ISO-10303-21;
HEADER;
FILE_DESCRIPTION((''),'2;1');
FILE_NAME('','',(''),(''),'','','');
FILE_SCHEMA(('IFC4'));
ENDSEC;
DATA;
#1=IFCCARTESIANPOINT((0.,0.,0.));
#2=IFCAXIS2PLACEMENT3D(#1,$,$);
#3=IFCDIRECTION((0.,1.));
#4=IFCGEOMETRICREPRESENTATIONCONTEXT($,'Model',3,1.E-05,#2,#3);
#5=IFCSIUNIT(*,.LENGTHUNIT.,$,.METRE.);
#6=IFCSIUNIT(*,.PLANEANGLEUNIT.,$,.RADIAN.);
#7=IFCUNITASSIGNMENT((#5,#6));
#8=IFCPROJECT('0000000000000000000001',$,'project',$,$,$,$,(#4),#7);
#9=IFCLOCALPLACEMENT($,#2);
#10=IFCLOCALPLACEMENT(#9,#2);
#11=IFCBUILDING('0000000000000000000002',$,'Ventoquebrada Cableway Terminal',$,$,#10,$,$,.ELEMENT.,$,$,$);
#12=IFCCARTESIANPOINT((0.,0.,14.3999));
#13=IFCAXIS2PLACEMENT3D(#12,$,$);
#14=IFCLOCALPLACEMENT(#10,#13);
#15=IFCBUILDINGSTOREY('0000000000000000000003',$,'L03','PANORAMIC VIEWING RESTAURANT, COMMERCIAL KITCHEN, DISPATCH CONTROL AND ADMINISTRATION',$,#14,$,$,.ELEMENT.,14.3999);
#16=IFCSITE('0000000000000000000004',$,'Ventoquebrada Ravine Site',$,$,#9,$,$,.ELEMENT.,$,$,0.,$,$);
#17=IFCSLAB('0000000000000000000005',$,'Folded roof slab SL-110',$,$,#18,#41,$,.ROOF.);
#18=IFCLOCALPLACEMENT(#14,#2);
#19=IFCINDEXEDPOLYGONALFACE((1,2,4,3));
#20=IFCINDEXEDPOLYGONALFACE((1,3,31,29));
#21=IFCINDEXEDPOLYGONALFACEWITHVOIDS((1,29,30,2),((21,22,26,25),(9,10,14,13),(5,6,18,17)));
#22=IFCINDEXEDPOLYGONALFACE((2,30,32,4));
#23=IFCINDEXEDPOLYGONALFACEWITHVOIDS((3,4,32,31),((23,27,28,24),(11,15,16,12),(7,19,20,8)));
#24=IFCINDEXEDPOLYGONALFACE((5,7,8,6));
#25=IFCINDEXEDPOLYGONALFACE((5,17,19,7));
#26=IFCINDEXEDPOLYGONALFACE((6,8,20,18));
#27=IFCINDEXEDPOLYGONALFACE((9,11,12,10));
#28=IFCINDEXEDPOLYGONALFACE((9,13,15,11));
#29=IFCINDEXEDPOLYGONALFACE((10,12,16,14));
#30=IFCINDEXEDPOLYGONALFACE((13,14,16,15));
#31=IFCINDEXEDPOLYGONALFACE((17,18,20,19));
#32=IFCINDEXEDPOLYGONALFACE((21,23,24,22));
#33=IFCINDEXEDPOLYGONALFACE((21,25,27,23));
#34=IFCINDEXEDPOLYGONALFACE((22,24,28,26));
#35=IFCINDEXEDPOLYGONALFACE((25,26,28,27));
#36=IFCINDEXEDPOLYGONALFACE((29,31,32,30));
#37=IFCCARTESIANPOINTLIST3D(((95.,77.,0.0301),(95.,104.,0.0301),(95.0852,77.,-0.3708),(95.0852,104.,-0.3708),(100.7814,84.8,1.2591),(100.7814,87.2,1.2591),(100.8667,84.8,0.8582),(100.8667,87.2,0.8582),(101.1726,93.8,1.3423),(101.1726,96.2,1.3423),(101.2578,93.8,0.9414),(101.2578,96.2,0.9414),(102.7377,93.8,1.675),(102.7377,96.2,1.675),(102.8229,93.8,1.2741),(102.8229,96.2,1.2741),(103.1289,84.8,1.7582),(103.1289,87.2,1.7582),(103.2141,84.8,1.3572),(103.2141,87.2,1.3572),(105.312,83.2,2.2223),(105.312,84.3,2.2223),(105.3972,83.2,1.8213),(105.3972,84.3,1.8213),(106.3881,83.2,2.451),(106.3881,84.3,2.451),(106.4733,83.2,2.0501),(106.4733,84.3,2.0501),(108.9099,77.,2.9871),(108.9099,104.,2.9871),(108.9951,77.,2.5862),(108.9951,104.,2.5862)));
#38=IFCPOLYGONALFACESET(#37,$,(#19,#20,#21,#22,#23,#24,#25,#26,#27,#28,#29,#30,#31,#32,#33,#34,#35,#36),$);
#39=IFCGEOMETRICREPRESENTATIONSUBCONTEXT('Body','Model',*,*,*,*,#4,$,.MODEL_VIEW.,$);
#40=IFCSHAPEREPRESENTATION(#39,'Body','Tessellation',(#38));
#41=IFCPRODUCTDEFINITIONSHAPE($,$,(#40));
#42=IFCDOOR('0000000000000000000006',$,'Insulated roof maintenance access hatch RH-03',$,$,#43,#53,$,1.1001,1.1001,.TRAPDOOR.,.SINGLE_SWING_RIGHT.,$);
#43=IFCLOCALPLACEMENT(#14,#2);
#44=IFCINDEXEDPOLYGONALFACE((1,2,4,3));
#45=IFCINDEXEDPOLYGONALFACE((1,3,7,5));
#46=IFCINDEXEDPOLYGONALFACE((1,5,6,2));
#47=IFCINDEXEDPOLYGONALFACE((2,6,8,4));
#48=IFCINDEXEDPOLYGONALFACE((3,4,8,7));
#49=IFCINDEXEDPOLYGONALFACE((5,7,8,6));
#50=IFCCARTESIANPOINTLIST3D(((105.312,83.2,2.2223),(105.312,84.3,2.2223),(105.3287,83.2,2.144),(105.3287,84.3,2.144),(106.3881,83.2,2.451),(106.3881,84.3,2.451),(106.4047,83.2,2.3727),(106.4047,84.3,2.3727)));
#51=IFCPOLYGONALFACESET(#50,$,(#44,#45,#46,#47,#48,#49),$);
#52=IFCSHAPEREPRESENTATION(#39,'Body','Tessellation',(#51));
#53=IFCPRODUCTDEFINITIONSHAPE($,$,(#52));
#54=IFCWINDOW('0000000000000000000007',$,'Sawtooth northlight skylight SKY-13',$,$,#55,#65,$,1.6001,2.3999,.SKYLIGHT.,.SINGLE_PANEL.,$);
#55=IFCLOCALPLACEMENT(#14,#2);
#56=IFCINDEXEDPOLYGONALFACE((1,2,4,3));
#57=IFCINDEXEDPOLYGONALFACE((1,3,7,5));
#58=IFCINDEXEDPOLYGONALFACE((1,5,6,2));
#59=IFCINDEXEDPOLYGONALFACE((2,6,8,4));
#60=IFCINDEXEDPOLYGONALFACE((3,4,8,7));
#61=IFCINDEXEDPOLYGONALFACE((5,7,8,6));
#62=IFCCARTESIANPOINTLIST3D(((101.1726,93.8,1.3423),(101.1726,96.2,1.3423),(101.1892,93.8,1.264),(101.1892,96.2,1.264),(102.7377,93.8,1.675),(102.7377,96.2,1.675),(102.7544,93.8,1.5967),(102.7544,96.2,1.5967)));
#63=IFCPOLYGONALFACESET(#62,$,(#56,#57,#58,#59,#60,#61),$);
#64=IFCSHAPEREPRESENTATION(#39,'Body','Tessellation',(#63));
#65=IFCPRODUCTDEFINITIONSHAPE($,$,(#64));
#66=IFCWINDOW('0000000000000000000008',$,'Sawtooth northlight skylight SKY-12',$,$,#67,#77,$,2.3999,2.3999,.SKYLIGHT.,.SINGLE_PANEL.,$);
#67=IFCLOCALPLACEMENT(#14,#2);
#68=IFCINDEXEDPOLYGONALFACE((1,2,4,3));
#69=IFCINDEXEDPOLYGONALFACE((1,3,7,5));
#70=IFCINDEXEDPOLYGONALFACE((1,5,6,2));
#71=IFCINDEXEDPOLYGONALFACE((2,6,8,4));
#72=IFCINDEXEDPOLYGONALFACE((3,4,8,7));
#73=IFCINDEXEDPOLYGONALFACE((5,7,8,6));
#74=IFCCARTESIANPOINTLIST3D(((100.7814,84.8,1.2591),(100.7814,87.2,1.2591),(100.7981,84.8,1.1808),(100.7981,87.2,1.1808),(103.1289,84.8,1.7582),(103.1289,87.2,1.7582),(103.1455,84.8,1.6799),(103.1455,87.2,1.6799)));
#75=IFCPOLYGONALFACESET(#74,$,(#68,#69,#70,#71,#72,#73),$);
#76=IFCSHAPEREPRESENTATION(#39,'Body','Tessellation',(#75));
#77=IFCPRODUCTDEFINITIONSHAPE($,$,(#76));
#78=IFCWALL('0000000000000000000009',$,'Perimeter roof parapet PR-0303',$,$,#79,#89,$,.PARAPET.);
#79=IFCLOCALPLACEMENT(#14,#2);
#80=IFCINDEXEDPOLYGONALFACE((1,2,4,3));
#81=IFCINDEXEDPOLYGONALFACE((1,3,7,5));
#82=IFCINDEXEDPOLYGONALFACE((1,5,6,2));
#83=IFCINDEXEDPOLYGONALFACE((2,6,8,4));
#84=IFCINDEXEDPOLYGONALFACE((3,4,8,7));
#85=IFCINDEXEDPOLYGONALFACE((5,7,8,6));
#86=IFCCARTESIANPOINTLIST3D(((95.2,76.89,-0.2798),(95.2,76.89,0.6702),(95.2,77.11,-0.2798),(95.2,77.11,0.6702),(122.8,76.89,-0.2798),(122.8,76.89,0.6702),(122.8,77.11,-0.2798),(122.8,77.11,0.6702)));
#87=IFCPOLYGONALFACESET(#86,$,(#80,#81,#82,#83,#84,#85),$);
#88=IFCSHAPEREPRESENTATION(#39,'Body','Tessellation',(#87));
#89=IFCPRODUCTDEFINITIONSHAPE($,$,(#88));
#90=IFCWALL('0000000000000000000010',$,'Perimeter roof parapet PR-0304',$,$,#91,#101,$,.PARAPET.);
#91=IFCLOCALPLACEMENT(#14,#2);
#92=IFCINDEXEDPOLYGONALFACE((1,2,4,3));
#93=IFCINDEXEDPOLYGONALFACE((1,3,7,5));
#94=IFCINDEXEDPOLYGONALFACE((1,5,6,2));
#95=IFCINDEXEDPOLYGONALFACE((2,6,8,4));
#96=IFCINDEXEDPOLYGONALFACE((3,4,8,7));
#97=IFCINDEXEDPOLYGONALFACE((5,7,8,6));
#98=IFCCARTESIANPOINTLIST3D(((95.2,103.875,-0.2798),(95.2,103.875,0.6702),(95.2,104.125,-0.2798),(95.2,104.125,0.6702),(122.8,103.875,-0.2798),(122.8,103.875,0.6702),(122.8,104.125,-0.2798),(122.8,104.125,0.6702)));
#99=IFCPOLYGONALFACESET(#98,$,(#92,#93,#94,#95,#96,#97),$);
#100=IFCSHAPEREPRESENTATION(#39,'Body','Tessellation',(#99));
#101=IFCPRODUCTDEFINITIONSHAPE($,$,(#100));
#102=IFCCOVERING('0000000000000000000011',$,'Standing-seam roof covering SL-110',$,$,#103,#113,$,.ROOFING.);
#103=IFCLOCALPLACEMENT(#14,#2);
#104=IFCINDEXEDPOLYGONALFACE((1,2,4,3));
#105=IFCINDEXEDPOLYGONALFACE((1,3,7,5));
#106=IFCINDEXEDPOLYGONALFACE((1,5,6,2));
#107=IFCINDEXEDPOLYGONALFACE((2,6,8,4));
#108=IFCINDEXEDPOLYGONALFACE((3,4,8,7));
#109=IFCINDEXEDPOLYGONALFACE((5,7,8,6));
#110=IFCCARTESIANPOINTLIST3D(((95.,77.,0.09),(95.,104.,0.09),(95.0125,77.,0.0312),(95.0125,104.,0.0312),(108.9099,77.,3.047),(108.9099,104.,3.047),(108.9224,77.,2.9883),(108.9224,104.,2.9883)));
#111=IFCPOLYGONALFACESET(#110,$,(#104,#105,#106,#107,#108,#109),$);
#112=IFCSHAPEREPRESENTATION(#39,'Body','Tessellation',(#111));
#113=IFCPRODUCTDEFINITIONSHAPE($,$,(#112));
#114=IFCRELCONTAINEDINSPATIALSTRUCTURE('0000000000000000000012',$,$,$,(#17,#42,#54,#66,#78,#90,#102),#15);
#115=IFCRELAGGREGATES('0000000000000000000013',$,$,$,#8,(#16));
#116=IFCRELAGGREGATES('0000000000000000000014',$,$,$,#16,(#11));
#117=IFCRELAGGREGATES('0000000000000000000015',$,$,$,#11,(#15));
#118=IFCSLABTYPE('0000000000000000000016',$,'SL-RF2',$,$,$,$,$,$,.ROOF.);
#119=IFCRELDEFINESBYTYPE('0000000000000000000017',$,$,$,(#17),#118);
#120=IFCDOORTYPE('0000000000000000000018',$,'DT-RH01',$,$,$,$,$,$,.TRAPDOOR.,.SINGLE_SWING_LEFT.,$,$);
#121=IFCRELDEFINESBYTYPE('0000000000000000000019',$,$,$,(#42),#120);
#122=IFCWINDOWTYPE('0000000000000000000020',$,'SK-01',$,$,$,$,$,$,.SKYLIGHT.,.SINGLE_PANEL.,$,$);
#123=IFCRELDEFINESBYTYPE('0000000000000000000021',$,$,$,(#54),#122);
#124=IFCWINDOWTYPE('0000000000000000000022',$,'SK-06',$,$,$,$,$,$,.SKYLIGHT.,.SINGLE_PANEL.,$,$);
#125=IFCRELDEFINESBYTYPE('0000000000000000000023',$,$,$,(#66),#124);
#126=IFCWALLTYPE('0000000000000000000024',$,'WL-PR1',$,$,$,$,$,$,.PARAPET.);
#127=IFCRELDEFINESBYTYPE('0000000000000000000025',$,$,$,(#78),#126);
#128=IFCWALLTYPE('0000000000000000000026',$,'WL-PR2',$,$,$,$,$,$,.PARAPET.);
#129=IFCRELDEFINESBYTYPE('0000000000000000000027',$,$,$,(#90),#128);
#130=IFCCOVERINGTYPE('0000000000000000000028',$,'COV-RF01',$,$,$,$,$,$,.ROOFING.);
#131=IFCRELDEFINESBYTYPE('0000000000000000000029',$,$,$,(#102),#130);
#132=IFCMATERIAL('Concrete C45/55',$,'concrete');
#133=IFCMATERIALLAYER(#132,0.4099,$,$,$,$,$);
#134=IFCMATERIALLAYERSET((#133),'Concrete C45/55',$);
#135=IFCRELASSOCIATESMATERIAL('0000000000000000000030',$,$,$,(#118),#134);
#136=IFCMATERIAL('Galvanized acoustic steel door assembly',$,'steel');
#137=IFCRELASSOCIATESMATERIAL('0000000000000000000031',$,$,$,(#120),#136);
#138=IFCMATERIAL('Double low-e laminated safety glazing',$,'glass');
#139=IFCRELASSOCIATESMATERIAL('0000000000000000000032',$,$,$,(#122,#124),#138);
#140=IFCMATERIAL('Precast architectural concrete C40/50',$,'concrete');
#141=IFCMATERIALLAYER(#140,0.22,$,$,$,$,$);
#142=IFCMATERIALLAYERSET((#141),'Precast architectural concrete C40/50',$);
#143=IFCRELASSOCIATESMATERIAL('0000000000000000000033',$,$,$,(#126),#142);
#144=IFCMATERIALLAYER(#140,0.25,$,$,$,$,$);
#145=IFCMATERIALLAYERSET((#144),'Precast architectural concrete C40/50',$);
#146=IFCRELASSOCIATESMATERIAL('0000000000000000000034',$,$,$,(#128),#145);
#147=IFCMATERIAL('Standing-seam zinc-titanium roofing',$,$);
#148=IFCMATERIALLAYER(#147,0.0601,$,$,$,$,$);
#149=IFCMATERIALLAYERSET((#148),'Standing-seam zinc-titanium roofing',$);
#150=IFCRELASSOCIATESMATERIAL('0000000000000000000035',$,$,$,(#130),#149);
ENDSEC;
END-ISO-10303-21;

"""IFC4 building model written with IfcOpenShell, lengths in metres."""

from ifc_helpers import new_model, si_unit, direction, frame, frame_2d, origin, origin_2d, place, context, subcontext, project, spatial, polyline, rectangle, outline, extrude, material, layer, layer_set, type_object, element, fill, save


model = new_model("IFC4")

# Units and contexts
model_context = context("Model", 3, precision=1e-05, world=origin(), true_north=direction((0.0, 1.0)))
body_context = subcontext(model_context, "Body", "Model", "MODEL_VIEW")
ifc_project = project(units=[si_unit("LENGTHUNIT", "METRE"), si_unit("PLANEANGLEUNIT", "RADIAN")], contexts=[model_context])

# Site, building, storey
site_placement = place(None, origin())
site = spatial("IfcSite", under=ifc_project, at=site_placement, Name="Ventoquebrada Ravine Site", CompositionType="ELEMENT", RefElevation=0.0)
building_placement = place(site_placement, origin())
building = spatial("IfcBuilding", under=site, at=building_placement, Name="Ventoquebrada Cableway Terminal", CompositionType="ELEMENT")
storey_placement = place(building_placement, frame((0.0, 0.0, 14.3999)))
storey = spatial("IfcBuildingStorey", under=building, at=storey_placement, Name="L03", Description="PANORAMIC VIEWING RESTAURANT, COMMERCIAL KITCHEN, DISPATCH CONTROL AND ADMINISTRATION", CompositionType="ELEMENT", Elevation=14.3999)

# Slab, openings, door, windows
ifc_material_1 = material(Name="Concrete C45/55", Category="concrete")
ifc_layer_1 = layer(ifc_material_1, 0.4099)
ifc_layer_set_1 = layer_set([ifc_layer_1], Name="Concrete C45/55")
slab_type = type_object("IfcSlabType", Name="SL-RF2", PredefinedType="ROOF", material=ifc_layer_set_1)
slab_placement = place(storey_placement, frame((95.0852, 77.0, -0.3708), z_axis=(-0.207938, 0.0, 0.978142), x_axis=(0.978142, 0.0, 0.207938)))
slab = element("IfcSlab", 1, at=slab_placement, inside=storey, type_object=slab_type, Name="Folded roof slab SL-110", PredefinedType="ROOF", context=body_context, shape_type="SweptSolid", body=[
    extrude(outline(polyline([(0.0, 0.0), (14.2207, 0.0), (14.2207, 27.0), (0.0, 27.0), (0.0, 0.0)])), origin(), (0.0, 0.0, 1.0), 0.4099),
])
opening_1_placement = place(slab_placement, frame((7.1106, 9.0, -0.01), z_axis=(0.0, 0.0, 1.0), x_axis=(1.0, 0.0, 0.0)))
opening_1 = element("IfcOpeningElement", 2, at=opening_1_placement, cuts=slab, PredefinedType="OPENING", context=body_context, shape_type="SweptSolid", body=[
    extrude(rectangle(XDim=2.3999, YDim=2.3999, at=origin_2d()), origin(), (0.0, 0.0, 1.0), 0.4299),
])
opening_2_placement = place(slab_placement, frame((7.1106, 18.0, -0.01), z_axis=(0.0, 0.0, 1.0), x_axis=(0.0, 1.0, 0.0)))
opening_2 = element("IfcOpeningElement", 3, at=opening_2_placement, cuts=slab, PredefinedType="OPENING", context=body_context, shape_type="SweptSolid", body=[
    extrude(rectangle(XDim=2.3999, YDim=1.6001, at=origin_2d()), origin(), (0.0, 0.0, 1.0), 0.4299),
])
opening_3_placement = place(slab_placement, frame((11.0925, 6.75, -0.01), z_axis=(0.0, 0.0, 1.0), x_axis=(0.0, 1.0, 0.0)))
opening_3 = element("IfcOpeningElement", 4, at=opening_3_placement, cuts=slab, PredefinedType="OPENING", context=body_context, shape_type="SweptSolid", body=[
    extrude(rectangle(XDim=1.1001, YDim=1.1001, at=origin_2d()), origin(), (0.0, 0.0, 1.0), 0.4299),
])
ifc_material_2 = material(Name="Galvanized acoustic steel door assembly", Category="steel")
door_type = type_object("IfcDoorType", Name="DT-RH01", OperationType="SINGLE_SWING_LEFT", PredefinedType="TRAPDOOR", material=ifc_material_2)
door_placement = place(opening_3_placement, frame((0.0, 0.0, 0.3398)))
door = element("IfcDoor", 5, at=door_placement, inside=storey, type_object=door_type, Name="Insulated roof maintenance access hatch RH-03", OperationType="SINGLE_SWING_RIGHT", OverallHeight=1.1001, OverallWidth=1.1001, PredefinedType="TRAPDOOR", context=body_context, shape_type="SweptSolid", body=[
    extrude(rectangle(XDim=1.1001, YDim=1.1001, at=origin_2d()), origin(), (0.0, 0.0, 1.0), 0.0801),
])
fill(opening_3, door)
ifc_material_3 = material(Name="Double low-e laminated safety glazing", Category="glass")
window_type_1 = type_object("IfcWindowType", Name="SK-01", PartitioningType="SINGLE_PANEL", PredefinedType="SKYLIGHT", material=ifc_material_3)
window_1_placement = place(opening_2_placement, frame((0.0, 0.0, 0.3398)))
window_1 = element("IfcWindow", 6, at=window_1_placement, inside=storey, type_object=window_type_1, Name="Sawtooth northlight skylight SKY-13", OverallHeight=1.6001, OverallWidth=2.3999, PartitioningType="SINGLE_PANEL", PredefinedType="SKYLIGHT", context=body_context, shape_type="SweptSolid", body=[
    extrude(rectangle(XDim=2.3999, YDim=1.6001, at=origin_2d()), origin(), (0.0, 0.0, 1.0), 0.0801),
])
fill(opening_2, window_1)
window_type_2 = type_object("IfcWindowType", Name="SK-06", PartitioningType="SINGLE_PANEL", PredefinedType="SKYLIGHT", material=ifc_material_3)
window_2_placement = place(opening_1_placement, frame((0.0, 0.0, 0.3398)))
window_2 = element("IfcWindow", 7, at=window_2_placement, inside=storey, type_object=window_type_2, Name="Sawtooth northlight skylight SKY-12", OverallHeight=2.3999, OverallWidth=2.3999, PartitioningType="SINGLE_PANEL", PredefinedType="SKYLIGHT", context=body_context, shape_type="SweptSolid", body=[
    extrude(rectangle(XDim=2.3999, YDim=2.3999, at=origin_2d()), origin(), (0.0, 0.0, 1.0), 0.0801),
])
fill(opening_1, window_2)

# Walls
ifc_material_4 = material(Name="Precast architectural concrete C40/50", Category="concrete")
ifc_layer_2 = layer(ifc_material_4, 0.22)
ifc_layer_set_2 = layer_set([ifc_layer_2], Name="Precast architectural concrete C40/50")
wall_type_1 = type_object("IfcWallType", Name="WL-PR1", PredefinedType="PARAPET", material=ifc_layer_set_2)
wall_1_placement = place(storey_placement, frame((95.2, 77.0, -0.2798), z_axis=(0.0, 0.0, 1.0), x_axis=(1.0, 0.0, 0.0)))
element("IfcWall", 8, at=wall_1_placement, inside=storey, type_object=wall_type_1, Name="Perimeter roof parapet PR-0303", PredefinedType="PARAPET", context=body_context, shape_type="SweptSolid", body=[
    extrude(rectangle(XDim=27.6001, YDim=0.22, at=frame_2d((13.8, 0.0))), origin(), (0.0, 0.0, 1.0), 0.95),
])
ifc_layer_3 = layer(ifc_material_4, 0.25)
ifc_layer_set_3 = layer_set([ifc_layer_3], Name="Precast architectural concrete C40/50")
wall_type_2 = type_object("IfcWallType", Name="WL-PR2", PredefinedType="PARAPET", material=ifc_layer_set_3)
wall_2_placement = place(storey_placement, frame((95.2, 104.0, -0.2798), z_axis=(0.0, 0.0, 1.0), x_axis=(1.0, 0.0, 0.0)))
element("IfcWall", 9, at=wall_2_placement, inside=storey, type_object=wall_type_2, Name="Perimeter roof parapet PR-0304", PredefinedType="PARAPET", context=body_context, shape_type="SweptSolid", body=[
    extrude(rectangle(XDim=27.6001, YDim=0.25, at=frame_2d((13.8, 0.0))), origin(), (0.0, 0.0, 1.0), 0.95),
])

# Covering
ifc_material_5 = material(Name="Standing-seam zinc-titanium roofing")
ifc_layer_4 = layer(ifc_material_5, 0.0601)
ifc_layer_set_4 = layer_set([ifc_layer_4], Name="Standing-seam zinc-titanium roofing")
covering_type = type_object("IfcCoveringType", Name="COV-RF01", PredefinedType="ROOFING", material=ifc_layer_set_4)
covering_placement = place(storey_placement, frame((95.0125, 77.0, 0.0312), z_axis=(-0.207938, 0.0, 0.978142), x_axis=(0.978142, 0.0, 0.207938)))
element("IfcCovering", 10, at=covering_placement, inside=storey, type_object=covering_type, Name="Standing-seam roof covering SL-110", PredefinedType="ROOFING", context=body_context, shape_type="SweptSolid", body=[
    extrude(outline(polyline([(0.0, 0.0), (14.2207, 0.0), (14.2207, 27.0), (0.0, 27.0), (0.0, 0.0)])), origin(), (0.0, 0.0, 1.0), 0.0601),
])

save(model, "model.ifc")
